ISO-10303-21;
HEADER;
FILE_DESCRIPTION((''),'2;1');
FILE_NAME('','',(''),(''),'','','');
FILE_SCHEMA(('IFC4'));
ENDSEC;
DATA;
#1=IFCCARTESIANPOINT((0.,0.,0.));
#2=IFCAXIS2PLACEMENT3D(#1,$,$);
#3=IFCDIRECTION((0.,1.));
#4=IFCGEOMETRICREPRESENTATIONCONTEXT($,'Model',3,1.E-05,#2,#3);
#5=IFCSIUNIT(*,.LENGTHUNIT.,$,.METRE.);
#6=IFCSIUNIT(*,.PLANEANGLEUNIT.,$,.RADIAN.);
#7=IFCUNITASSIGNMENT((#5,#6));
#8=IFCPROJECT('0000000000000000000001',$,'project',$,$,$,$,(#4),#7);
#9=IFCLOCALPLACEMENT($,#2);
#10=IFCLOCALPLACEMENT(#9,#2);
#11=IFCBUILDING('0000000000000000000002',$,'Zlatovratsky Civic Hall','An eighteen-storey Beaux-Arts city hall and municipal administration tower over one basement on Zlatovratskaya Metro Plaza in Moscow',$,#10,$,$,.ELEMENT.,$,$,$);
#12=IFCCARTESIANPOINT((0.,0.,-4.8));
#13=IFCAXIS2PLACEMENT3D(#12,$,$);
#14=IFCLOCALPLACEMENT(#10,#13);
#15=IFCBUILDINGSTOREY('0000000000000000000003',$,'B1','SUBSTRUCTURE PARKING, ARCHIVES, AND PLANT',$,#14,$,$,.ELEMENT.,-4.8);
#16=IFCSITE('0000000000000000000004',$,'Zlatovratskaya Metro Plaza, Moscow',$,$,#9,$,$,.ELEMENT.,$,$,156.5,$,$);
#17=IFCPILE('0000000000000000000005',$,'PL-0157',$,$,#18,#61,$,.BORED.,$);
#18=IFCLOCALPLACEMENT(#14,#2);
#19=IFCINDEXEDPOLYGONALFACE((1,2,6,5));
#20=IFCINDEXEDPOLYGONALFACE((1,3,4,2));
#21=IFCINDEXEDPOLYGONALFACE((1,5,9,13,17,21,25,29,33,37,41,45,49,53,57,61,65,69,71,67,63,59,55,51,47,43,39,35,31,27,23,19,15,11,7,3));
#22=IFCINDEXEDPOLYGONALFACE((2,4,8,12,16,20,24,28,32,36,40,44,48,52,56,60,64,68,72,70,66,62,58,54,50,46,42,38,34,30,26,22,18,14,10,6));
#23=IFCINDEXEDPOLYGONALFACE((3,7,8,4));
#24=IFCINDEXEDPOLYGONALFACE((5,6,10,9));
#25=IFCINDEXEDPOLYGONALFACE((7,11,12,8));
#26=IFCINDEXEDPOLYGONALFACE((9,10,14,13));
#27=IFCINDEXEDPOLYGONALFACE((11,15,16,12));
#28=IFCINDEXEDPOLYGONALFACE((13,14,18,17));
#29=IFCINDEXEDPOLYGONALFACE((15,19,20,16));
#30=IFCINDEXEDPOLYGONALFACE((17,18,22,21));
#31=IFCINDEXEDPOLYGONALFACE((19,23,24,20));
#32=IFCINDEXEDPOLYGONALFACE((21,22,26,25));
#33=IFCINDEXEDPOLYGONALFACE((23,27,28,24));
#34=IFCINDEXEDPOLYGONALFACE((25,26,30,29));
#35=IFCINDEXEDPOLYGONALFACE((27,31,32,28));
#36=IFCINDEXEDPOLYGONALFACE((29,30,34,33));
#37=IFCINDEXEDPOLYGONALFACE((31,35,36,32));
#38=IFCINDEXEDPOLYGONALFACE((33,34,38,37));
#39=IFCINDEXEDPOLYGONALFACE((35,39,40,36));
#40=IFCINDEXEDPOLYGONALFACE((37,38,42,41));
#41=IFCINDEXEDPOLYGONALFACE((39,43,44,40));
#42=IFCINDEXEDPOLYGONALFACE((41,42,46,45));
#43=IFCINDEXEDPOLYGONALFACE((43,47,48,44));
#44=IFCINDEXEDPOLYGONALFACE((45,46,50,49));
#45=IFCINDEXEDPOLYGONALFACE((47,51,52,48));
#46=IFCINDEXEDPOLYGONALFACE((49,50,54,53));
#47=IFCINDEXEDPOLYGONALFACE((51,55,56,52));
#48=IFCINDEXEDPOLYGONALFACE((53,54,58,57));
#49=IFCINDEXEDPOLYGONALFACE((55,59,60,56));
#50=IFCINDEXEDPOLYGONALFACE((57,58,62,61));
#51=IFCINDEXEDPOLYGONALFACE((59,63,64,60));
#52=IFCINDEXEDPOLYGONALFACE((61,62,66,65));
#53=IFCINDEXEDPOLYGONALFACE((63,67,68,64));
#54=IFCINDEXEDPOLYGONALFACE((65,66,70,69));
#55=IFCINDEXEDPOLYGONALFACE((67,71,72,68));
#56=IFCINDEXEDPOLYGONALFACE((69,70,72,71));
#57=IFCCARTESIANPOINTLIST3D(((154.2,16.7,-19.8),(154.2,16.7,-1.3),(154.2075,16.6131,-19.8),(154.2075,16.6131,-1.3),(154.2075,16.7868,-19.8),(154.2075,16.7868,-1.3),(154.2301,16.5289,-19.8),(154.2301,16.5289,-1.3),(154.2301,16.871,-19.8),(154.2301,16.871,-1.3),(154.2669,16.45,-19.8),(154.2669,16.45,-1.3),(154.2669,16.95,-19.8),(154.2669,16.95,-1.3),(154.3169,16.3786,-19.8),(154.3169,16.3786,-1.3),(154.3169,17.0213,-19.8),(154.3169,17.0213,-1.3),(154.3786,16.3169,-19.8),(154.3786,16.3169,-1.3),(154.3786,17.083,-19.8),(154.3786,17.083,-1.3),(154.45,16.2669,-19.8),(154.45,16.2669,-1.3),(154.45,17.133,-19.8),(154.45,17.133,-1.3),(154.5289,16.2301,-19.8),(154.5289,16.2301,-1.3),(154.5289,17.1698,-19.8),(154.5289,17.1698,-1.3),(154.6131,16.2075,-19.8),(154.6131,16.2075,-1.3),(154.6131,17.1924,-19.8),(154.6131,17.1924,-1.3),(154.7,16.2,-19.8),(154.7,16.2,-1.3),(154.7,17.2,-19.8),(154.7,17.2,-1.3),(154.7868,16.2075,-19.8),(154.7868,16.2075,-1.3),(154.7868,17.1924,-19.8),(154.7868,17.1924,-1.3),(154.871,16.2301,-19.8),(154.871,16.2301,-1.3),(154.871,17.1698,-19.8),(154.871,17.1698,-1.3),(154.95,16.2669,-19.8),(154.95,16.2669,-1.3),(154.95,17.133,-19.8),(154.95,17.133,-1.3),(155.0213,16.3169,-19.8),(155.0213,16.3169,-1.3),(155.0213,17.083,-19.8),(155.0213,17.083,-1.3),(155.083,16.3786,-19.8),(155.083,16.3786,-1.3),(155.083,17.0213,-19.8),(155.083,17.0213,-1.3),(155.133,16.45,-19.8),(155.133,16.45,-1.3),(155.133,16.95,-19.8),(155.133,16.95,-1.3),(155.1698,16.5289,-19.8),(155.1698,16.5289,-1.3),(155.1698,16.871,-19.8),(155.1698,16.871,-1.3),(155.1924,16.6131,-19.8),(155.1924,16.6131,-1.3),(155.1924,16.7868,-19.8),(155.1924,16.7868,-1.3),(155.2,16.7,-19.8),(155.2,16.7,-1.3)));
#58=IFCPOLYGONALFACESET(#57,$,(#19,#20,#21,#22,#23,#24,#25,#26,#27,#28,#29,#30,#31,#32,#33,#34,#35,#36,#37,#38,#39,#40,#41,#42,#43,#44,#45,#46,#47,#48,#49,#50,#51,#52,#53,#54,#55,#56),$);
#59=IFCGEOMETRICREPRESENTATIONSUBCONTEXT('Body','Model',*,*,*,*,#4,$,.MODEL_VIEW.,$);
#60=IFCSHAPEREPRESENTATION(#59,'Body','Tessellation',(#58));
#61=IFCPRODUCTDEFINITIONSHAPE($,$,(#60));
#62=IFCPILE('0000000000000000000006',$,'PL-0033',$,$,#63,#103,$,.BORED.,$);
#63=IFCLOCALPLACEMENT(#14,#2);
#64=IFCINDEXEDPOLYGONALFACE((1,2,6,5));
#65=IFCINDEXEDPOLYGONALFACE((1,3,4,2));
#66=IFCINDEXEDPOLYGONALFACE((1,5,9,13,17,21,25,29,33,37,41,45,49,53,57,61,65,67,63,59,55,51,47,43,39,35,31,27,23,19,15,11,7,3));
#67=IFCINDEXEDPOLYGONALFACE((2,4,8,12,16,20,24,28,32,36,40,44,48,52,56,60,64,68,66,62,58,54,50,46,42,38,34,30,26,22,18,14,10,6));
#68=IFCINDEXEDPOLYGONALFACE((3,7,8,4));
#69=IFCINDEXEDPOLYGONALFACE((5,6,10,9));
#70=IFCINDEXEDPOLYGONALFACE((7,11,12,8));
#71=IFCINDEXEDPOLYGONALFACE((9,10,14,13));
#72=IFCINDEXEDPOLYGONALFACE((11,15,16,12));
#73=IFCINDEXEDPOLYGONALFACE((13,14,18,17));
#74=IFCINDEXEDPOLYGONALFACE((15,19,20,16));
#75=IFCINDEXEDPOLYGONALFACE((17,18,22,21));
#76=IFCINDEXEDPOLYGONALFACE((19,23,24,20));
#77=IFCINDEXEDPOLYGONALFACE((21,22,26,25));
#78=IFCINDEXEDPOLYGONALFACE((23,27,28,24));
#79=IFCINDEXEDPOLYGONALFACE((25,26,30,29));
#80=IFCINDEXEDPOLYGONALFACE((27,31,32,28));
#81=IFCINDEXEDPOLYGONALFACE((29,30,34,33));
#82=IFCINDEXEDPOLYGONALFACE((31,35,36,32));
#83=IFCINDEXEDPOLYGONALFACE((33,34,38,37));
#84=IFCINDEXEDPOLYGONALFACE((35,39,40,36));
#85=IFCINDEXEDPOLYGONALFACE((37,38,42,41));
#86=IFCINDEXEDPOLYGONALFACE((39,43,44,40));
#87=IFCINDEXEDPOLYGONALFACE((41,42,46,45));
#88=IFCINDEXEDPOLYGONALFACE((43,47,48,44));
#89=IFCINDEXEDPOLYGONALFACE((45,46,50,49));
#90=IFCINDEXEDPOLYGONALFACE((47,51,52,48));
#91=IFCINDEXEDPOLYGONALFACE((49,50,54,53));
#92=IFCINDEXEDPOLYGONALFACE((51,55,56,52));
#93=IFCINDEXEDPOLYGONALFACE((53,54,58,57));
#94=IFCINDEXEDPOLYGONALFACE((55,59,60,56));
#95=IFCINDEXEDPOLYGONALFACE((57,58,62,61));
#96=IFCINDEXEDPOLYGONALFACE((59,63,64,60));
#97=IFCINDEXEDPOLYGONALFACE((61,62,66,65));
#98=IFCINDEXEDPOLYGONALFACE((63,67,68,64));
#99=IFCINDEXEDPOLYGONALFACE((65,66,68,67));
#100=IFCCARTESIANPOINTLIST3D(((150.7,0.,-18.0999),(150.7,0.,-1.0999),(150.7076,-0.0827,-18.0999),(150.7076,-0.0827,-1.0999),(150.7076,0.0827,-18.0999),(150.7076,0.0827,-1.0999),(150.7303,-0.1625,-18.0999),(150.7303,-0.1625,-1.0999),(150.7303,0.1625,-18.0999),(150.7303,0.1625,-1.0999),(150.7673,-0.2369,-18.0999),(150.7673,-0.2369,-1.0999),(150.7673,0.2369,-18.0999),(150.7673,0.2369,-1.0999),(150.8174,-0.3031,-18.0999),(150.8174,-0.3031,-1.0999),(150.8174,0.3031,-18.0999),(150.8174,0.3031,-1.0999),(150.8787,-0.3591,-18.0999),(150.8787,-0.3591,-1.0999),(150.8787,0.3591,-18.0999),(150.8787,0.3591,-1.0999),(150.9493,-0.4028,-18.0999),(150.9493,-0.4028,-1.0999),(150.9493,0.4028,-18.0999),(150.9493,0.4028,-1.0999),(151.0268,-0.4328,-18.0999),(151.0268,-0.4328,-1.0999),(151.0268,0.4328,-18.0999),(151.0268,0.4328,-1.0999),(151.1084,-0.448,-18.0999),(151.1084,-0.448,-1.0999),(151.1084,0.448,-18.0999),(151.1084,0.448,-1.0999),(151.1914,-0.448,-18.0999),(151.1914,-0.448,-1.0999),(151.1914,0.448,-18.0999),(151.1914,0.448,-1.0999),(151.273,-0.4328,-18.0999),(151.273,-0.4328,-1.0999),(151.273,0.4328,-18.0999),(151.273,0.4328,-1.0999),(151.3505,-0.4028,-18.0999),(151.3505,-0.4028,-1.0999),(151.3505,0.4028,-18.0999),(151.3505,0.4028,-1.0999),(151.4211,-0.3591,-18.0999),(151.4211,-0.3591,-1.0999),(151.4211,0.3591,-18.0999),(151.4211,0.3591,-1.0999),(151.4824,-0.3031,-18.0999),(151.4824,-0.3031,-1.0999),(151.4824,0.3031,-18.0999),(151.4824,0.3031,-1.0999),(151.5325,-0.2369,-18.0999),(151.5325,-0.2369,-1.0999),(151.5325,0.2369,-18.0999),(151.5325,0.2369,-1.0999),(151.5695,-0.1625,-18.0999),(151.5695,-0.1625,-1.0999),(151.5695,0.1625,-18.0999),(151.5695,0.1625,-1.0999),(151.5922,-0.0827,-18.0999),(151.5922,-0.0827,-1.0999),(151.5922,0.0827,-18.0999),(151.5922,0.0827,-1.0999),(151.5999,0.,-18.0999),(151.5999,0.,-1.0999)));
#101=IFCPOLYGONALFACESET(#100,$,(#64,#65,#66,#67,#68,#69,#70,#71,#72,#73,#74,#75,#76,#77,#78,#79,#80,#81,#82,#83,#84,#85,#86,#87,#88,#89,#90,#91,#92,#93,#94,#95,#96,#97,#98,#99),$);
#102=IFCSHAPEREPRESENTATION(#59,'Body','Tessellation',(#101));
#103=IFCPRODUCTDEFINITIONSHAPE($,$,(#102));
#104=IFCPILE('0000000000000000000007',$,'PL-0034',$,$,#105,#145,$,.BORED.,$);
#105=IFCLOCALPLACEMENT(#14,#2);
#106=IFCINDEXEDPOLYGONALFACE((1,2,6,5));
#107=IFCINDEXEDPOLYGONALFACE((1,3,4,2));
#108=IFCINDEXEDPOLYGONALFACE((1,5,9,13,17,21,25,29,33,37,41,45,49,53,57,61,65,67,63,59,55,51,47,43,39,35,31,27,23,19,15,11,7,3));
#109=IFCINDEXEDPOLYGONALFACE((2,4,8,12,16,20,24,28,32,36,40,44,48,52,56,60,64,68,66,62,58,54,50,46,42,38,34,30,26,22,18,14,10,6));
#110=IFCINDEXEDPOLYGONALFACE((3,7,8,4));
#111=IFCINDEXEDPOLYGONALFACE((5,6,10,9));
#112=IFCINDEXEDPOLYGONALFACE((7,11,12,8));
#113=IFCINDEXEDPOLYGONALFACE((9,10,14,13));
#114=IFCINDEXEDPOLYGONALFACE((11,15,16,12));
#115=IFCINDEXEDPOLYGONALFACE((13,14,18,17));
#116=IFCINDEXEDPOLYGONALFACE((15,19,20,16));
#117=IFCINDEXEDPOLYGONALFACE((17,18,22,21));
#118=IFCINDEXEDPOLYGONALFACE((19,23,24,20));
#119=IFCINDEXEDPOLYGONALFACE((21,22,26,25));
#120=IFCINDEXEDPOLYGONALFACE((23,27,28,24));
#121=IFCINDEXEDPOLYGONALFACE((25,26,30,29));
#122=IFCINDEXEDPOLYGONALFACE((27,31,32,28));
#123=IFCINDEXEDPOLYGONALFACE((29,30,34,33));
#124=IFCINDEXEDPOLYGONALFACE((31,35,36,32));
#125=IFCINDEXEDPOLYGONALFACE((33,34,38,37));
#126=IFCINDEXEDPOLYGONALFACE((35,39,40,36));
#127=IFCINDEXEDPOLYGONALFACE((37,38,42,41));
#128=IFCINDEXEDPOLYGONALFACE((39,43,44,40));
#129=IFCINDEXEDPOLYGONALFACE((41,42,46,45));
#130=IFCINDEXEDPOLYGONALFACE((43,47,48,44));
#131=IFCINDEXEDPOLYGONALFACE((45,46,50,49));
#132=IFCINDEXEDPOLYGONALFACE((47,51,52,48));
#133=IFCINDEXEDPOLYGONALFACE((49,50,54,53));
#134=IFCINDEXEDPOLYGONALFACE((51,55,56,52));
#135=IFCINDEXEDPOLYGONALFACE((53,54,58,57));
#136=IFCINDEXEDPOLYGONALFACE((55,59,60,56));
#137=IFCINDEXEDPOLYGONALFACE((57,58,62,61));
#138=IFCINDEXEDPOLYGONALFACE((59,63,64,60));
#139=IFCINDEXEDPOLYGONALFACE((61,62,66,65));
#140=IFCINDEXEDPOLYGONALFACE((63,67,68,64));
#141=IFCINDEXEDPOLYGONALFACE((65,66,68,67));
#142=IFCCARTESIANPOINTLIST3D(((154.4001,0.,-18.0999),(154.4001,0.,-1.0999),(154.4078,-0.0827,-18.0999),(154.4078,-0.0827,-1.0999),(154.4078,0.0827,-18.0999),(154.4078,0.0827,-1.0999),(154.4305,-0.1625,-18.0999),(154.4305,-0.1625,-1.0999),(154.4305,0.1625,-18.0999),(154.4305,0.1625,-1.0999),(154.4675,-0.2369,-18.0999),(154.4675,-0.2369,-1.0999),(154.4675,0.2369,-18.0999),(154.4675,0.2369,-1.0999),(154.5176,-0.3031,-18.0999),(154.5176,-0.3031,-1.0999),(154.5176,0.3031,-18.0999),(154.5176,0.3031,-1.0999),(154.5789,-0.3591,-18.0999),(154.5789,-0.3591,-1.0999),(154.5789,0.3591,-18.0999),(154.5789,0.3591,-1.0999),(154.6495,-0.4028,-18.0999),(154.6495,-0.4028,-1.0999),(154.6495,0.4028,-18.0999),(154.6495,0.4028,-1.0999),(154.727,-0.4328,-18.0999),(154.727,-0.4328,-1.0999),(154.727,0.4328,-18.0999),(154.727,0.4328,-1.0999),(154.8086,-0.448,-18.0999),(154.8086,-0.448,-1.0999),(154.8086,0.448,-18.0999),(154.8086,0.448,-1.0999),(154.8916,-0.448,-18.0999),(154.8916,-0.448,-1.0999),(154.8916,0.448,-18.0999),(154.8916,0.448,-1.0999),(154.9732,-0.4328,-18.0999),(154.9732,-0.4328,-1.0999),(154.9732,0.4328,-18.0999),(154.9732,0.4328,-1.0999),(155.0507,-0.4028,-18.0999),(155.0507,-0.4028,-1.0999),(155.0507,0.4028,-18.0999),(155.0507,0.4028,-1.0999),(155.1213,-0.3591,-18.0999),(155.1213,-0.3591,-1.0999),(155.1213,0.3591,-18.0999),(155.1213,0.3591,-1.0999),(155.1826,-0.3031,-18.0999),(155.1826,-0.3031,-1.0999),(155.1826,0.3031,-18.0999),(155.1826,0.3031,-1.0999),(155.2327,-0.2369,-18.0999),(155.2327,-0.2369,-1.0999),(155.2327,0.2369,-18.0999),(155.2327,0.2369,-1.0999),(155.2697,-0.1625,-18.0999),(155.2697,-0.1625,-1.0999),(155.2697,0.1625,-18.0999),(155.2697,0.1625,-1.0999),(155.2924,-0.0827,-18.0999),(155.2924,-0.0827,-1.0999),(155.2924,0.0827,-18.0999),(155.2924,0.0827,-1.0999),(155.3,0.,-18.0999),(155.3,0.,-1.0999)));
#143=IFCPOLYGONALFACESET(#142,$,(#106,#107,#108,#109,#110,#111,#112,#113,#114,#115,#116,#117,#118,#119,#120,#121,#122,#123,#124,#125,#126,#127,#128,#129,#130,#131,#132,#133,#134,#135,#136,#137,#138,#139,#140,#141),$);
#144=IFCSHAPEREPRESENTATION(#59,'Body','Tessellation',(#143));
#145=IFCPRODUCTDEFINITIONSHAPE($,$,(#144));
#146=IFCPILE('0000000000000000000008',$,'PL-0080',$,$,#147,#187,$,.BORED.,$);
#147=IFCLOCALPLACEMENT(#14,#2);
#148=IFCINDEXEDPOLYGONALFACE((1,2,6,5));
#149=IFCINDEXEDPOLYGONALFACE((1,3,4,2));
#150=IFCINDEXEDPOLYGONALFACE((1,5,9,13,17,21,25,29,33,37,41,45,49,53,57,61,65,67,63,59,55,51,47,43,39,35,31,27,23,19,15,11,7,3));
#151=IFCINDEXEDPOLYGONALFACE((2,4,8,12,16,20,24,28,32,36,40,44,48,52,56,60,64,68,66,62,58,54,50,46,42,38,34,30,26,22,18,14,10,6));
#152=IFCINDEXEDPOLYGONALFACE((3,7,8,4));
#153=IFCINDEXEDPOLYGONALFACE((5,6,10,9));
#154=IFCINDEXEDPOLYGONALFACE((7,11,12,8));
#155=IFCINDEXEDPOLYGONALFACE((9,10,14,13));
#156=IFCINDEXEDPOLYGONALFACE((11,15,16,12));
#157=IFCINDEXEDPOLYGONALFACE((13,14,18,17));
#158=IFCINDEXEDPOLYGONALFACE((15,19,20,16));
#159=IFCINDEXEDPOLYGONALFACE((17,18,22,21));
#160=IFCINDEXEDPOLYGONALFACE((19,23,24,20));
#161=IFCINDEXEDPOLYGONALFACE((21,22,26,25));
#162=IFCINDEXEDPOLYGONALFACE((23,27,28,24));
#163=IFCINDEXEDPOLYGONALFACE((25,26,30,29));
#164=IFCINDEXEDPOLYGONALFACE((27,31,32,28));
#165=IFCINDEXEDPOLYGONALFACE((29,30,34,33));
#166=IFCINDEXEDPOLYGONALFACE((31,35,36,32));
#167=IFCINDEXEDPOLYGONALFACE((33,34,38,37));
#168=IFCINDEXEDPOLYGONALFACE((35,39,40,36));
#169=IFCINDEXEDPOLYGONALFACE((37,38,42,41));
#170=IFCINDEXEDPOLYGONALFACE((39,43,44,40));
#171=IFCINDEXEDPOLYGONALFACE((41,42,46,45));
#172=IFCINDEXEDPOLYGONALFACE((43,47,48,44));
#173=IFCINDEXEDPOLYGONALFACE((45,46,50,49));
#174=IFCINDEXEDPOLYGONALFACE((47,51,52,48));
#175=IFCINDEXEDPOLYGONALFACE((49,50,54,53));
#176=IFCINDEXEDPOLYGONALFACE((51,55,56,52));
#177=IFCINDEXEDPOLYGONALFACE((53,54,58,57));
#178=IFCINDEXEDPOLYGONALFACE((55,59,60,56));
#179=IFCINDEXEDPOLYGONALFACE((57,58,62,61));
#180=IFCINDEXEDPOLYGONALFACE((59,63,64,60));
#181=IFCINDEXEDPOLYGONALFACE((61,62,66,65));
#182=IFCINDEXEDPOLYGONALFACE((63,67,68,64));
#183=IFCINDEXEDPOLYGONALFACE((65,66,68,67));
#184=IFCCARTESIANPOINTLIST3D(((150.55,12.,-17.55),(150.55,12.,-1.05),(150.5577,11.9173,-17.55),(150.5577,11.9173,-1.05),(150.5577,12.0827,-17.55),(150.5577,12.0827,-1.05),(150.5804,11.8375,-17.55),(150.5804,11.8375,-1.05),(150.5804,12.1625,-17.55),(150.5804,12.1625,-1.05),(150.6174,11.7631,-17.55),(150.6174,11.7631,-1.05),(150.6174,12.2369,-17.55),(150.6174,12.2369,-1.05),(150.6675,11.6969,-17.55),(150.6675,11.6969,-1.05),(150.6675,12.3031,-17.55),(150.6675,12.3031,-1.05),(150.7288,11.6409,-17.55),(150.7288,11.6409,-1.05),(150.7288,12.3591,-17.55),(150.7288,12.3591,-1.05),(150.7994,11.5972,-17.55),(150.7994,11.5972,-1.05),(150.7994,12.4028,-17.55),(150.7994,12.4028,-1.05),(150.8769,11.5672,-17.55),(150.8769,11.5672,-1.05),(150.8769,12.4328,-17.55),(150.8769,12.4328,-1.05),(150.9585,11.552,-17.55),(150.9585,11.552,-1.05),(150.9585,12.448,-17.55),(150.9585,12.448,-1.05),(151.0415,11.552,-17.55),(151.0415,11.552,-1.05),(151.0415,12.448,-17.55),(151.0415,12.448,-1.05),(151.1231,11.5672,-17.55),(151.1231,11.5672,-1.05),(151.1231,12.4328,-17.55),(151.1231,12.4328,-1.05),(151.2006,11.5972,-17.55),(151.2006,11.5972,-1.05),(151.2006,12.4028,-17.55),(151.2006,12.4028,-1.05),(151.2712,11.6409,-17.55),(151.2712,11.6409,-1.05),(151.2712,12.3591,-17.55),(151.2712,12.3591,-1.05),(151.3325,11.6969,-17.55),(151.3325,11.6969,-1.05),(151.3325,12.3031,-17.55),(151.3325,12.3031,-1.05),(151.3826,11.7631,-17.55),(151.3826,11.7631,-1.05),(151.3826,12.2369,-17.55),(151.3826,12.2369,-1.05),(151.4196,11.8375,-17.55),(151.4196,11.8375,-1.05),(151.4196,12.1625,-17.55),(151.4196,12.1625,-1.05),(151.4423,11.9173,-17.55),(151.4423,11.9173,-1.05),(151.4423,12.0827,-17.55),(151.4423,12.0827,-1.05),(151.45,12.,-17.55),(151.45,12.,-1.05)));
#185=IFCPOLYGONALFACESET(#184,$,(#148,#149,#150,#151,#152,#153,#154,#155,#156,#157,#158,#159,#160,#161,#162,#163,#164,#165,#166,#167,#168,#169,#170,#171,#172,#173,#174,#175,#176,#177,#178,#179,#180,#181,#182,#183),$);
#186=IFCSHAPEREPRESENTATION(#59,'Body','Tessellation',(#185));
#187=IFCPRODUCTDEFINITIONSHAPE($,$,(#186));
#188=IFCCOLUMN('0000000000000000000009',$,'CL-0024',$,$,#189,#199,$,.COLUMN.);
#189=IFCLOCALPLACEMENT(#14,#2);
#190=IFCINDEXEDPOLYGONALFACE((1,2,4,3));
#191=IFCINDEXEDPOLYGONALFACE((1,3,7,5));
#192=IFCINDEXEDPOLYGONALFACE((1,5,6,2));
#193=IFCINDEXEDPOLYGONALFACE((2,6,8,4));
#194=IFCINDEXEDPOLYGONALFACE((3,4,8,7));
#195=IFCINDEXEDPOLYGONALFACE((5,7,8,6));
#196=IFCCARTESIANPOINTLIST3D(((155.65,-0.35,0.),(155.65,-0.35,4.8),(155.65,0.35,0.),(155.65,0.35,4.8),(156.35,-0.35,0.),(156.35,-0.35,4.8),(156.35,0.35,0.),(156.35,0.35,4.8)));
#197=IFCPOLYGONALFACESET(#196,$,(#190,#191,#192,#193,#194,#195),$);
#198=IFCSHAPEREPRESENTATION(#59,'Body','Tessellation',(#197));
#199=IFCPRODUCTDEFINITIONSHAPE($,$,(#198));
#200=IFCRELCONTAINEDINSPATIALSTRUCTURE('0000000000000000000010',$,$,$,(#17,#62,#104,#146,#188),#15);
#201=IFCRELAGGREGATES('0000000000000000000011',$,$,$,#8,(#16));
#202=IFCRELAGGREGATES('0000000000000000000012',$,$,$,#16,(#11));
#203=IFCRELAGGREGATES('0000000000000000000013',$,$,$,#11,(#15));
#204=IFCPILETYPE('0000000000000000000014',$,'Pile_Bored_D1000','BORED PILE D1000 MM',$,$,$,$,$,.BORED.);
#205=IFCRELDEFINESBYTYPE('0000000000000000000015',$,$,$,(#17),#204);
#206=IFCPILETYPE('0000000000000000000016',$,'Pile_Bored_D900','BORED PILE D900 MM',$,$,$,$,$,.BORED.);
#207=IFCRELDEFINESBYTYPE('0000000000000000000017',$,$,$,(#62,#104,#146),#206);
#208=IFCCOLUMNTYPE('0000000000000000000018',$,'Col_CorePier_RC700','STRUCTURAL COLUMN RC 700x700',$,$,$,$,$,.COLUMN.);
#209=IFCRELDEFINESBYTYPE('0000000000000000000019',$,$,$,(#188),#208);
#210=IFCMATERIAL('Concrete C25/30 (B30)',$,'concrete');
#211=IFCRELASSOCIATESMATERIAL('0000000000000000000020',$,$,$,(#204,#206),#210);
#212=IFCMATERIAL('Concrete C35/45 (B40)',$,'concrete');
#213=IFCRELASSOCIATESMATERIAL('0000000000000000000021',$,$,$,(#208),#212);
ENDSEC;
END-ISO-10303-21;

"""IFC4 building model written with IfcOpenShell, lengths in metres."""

from ifc_helpers import new_model, si_unit, direction, frame, origin, origin_2d, place, context, subcontext, project, spatial, rectangle, circle, extrude, material, material_profile, profile_set, type_object, element, save


model = new_model("IFC4")

# Units and contexts
model_context = context("Model", 3, precision=1e-05, world=origin(), true_north=direction((0.0, 1.0)))
body_context = subcontext(model_context, "Body", "Model", "MODEL_VIEW")
ifc_project = project(units=[si_unit("LENGTHUNIT", "METRE"), si_unit("PLANEANGLEUNIT", "RADIAN")], contexts=[model_context])

# Site, building, storey
site_placement = place(None, origin())
site = spatial("IfcSite", under=ifc_project, at=site_placement, Name="Zlatovratskaya Metro Plaza, Moscow", CompositionType="ELEMENT", RefElevation=156.5)
building_placement = place(site_placement, origin())
building = spatial("IfcBuilding", under=site, at=building_placement, Name="Zlatovratsky Civic Hall", Description="An eighteen-storey Beaux-Arts city hall and municipal administration tower over one basement on Zlatovratskaya Metro Plaza in Moscow", CompositionType="ELEMENT")
storey_placement = place(building_placement, frame((0.0, 0.0, -4.8)))
storey = spatial("IfcBuildingStorey", under=building, at=storey_placement, Name="B1", Description="SUBSTRUCTURE PARKING, ARCHIVES, AND PLANT", CompositionType="ELEMENT", Elevation=-4.8)

# Shared definitions
ifc_material_1 = material(Name="Concrete C25/30 (B30)", Category="concrete")

# Piles
ifc_material_profile_1 = material_profile(ifc_material_1, circle(Radius=0.5, at=origin_2d()), Name="PILE D1000")
ifc_profile_set_1 = profile_set([ifc_material_profile_1], Name="Concrete C25/30 (B30)")
pile_type_1 = type_object("IfcPileType", Name="Pile_Bored_D1000", Description="BORED PILE D1000 MM", PredefinedType="BORED", material=ifc_profile_set_1)
for number, where, z_axis, x_axis, name in (
    (1, (154.7, 16.7, -1.3), (0.0, 0.0, -1.0), (1.0, 0.0, 0.0), "PL-0157"),
):
    element("IfcPile", number, at=place(storey_placement, frame(where, z_axis=z_axis, x_axis=x_axis)), inside=storey, type_object=pile_type_1, Name=name, PredefinedType="BORED", context=body_context, shape_type="SweptSolid", body=[
        extrude(circle(Radius=0.5, at=origin_2d()), origin(), (0.0, 0.0, 1.0), 18.5),
    ])
ifc_material_profile_2 = material_profile(ifc_material_1, circle(Radius=0.45, at=origin_2d()), Name="PILE D900")
ifc_profile_set_2 = profile_set([ifc_material_profile_2], Name="Concrete C25/30 (B30)")
pile_type_2 = type_object("IfcPileType", Name="Pile_Bored_D900", Description="BORED PILE D900 MM", PredefinedType="BORED", material=ifc_profile_set_2)
for number, where, z_axis, x_axis, name in (
    (2, (151.1499, 0.0, -1.0999), (0.0, 0.0, -1.0), (1.0, 0.0, 0.0), "PL-0033"),
    (3, (154.8501, 0.0, -1.0999), (0.0, 0.0, -1.0), (1.0, 0.0, 0.0), "PL-0034"),
):
    element("IfcPile", number, at=place(storey_placement, frame(where, z_axis=z_axis, x_axis=x_axis)), inside=storey, type_object=pile_type_2, Name=name, PredefinedType="BORED", context=body_context, shape_type="SweptSolid", body=[
        extrude(circle(Radius=0.45, at=origin_2d()), origin(), (0.0, 0.0, 1.0), 17.0),
    ])
pile_placement = place(storey_placement, frame((151.0, 12.0, -1.05), z_axis=(0.0, 0.0, -1.0), x_axis=(1.0, 0.0, 0.0)))
element("IfcPile", 4, at=pile_placement, inside=storey, type_object=pile_type_2, Name="PL-0080", PredefinedType="BORED", context=body_context, shape_type="SweptSolid", body=[
    extrude(circle(Radius=0.45, at=origin_2d()), origin(), (0.0, 0.0, 1.0), 16.5),
])

# Column
ifc_material_2 = material(Name="Concrete C35/45 (B40)", Category="concrete")
ifc_material_profile_3 = material_profile(ifc_material_2, rectangle(XDim=0.7, YDim=0.7, at=origin_2d()), Name="RC 700x700")
ifc_profile_set_3 = profile_set([ifc_material_profile_3], Name="Concrete C35/45 (B40)")
column_type_1 = type_object("IfcColumnType", Name="Col_CorePier_RC700", Description="STRUCTURAL COLUMN RC 700x700", PredefinedType="COLUMN", material=ifc_profile_set_3)
for number, where, z_axis, x_axis, name in (
    (5, (156.0, 0.0, 0.0), (0.0, 0.0, 1.0), (1.0, 0.0, 0.0), "CL-0024"),
):
    element("IfcColumn", number, at=place(storey_placement, frame(where, z_axis=z_axis, x_axis=x_axis)), inside=storey, type_object=column_type_1, Name=name, PredefinedType="COLUMN", context=body_context, shape_type="SweptSolid", body=[
        extrude(rectangle(XDim=0.7, YDim=0.7, at=origin_2d()), origin(), (0.0, 0.0, 1.0), 4.8),
    ])

save(model, "model.ifc")
